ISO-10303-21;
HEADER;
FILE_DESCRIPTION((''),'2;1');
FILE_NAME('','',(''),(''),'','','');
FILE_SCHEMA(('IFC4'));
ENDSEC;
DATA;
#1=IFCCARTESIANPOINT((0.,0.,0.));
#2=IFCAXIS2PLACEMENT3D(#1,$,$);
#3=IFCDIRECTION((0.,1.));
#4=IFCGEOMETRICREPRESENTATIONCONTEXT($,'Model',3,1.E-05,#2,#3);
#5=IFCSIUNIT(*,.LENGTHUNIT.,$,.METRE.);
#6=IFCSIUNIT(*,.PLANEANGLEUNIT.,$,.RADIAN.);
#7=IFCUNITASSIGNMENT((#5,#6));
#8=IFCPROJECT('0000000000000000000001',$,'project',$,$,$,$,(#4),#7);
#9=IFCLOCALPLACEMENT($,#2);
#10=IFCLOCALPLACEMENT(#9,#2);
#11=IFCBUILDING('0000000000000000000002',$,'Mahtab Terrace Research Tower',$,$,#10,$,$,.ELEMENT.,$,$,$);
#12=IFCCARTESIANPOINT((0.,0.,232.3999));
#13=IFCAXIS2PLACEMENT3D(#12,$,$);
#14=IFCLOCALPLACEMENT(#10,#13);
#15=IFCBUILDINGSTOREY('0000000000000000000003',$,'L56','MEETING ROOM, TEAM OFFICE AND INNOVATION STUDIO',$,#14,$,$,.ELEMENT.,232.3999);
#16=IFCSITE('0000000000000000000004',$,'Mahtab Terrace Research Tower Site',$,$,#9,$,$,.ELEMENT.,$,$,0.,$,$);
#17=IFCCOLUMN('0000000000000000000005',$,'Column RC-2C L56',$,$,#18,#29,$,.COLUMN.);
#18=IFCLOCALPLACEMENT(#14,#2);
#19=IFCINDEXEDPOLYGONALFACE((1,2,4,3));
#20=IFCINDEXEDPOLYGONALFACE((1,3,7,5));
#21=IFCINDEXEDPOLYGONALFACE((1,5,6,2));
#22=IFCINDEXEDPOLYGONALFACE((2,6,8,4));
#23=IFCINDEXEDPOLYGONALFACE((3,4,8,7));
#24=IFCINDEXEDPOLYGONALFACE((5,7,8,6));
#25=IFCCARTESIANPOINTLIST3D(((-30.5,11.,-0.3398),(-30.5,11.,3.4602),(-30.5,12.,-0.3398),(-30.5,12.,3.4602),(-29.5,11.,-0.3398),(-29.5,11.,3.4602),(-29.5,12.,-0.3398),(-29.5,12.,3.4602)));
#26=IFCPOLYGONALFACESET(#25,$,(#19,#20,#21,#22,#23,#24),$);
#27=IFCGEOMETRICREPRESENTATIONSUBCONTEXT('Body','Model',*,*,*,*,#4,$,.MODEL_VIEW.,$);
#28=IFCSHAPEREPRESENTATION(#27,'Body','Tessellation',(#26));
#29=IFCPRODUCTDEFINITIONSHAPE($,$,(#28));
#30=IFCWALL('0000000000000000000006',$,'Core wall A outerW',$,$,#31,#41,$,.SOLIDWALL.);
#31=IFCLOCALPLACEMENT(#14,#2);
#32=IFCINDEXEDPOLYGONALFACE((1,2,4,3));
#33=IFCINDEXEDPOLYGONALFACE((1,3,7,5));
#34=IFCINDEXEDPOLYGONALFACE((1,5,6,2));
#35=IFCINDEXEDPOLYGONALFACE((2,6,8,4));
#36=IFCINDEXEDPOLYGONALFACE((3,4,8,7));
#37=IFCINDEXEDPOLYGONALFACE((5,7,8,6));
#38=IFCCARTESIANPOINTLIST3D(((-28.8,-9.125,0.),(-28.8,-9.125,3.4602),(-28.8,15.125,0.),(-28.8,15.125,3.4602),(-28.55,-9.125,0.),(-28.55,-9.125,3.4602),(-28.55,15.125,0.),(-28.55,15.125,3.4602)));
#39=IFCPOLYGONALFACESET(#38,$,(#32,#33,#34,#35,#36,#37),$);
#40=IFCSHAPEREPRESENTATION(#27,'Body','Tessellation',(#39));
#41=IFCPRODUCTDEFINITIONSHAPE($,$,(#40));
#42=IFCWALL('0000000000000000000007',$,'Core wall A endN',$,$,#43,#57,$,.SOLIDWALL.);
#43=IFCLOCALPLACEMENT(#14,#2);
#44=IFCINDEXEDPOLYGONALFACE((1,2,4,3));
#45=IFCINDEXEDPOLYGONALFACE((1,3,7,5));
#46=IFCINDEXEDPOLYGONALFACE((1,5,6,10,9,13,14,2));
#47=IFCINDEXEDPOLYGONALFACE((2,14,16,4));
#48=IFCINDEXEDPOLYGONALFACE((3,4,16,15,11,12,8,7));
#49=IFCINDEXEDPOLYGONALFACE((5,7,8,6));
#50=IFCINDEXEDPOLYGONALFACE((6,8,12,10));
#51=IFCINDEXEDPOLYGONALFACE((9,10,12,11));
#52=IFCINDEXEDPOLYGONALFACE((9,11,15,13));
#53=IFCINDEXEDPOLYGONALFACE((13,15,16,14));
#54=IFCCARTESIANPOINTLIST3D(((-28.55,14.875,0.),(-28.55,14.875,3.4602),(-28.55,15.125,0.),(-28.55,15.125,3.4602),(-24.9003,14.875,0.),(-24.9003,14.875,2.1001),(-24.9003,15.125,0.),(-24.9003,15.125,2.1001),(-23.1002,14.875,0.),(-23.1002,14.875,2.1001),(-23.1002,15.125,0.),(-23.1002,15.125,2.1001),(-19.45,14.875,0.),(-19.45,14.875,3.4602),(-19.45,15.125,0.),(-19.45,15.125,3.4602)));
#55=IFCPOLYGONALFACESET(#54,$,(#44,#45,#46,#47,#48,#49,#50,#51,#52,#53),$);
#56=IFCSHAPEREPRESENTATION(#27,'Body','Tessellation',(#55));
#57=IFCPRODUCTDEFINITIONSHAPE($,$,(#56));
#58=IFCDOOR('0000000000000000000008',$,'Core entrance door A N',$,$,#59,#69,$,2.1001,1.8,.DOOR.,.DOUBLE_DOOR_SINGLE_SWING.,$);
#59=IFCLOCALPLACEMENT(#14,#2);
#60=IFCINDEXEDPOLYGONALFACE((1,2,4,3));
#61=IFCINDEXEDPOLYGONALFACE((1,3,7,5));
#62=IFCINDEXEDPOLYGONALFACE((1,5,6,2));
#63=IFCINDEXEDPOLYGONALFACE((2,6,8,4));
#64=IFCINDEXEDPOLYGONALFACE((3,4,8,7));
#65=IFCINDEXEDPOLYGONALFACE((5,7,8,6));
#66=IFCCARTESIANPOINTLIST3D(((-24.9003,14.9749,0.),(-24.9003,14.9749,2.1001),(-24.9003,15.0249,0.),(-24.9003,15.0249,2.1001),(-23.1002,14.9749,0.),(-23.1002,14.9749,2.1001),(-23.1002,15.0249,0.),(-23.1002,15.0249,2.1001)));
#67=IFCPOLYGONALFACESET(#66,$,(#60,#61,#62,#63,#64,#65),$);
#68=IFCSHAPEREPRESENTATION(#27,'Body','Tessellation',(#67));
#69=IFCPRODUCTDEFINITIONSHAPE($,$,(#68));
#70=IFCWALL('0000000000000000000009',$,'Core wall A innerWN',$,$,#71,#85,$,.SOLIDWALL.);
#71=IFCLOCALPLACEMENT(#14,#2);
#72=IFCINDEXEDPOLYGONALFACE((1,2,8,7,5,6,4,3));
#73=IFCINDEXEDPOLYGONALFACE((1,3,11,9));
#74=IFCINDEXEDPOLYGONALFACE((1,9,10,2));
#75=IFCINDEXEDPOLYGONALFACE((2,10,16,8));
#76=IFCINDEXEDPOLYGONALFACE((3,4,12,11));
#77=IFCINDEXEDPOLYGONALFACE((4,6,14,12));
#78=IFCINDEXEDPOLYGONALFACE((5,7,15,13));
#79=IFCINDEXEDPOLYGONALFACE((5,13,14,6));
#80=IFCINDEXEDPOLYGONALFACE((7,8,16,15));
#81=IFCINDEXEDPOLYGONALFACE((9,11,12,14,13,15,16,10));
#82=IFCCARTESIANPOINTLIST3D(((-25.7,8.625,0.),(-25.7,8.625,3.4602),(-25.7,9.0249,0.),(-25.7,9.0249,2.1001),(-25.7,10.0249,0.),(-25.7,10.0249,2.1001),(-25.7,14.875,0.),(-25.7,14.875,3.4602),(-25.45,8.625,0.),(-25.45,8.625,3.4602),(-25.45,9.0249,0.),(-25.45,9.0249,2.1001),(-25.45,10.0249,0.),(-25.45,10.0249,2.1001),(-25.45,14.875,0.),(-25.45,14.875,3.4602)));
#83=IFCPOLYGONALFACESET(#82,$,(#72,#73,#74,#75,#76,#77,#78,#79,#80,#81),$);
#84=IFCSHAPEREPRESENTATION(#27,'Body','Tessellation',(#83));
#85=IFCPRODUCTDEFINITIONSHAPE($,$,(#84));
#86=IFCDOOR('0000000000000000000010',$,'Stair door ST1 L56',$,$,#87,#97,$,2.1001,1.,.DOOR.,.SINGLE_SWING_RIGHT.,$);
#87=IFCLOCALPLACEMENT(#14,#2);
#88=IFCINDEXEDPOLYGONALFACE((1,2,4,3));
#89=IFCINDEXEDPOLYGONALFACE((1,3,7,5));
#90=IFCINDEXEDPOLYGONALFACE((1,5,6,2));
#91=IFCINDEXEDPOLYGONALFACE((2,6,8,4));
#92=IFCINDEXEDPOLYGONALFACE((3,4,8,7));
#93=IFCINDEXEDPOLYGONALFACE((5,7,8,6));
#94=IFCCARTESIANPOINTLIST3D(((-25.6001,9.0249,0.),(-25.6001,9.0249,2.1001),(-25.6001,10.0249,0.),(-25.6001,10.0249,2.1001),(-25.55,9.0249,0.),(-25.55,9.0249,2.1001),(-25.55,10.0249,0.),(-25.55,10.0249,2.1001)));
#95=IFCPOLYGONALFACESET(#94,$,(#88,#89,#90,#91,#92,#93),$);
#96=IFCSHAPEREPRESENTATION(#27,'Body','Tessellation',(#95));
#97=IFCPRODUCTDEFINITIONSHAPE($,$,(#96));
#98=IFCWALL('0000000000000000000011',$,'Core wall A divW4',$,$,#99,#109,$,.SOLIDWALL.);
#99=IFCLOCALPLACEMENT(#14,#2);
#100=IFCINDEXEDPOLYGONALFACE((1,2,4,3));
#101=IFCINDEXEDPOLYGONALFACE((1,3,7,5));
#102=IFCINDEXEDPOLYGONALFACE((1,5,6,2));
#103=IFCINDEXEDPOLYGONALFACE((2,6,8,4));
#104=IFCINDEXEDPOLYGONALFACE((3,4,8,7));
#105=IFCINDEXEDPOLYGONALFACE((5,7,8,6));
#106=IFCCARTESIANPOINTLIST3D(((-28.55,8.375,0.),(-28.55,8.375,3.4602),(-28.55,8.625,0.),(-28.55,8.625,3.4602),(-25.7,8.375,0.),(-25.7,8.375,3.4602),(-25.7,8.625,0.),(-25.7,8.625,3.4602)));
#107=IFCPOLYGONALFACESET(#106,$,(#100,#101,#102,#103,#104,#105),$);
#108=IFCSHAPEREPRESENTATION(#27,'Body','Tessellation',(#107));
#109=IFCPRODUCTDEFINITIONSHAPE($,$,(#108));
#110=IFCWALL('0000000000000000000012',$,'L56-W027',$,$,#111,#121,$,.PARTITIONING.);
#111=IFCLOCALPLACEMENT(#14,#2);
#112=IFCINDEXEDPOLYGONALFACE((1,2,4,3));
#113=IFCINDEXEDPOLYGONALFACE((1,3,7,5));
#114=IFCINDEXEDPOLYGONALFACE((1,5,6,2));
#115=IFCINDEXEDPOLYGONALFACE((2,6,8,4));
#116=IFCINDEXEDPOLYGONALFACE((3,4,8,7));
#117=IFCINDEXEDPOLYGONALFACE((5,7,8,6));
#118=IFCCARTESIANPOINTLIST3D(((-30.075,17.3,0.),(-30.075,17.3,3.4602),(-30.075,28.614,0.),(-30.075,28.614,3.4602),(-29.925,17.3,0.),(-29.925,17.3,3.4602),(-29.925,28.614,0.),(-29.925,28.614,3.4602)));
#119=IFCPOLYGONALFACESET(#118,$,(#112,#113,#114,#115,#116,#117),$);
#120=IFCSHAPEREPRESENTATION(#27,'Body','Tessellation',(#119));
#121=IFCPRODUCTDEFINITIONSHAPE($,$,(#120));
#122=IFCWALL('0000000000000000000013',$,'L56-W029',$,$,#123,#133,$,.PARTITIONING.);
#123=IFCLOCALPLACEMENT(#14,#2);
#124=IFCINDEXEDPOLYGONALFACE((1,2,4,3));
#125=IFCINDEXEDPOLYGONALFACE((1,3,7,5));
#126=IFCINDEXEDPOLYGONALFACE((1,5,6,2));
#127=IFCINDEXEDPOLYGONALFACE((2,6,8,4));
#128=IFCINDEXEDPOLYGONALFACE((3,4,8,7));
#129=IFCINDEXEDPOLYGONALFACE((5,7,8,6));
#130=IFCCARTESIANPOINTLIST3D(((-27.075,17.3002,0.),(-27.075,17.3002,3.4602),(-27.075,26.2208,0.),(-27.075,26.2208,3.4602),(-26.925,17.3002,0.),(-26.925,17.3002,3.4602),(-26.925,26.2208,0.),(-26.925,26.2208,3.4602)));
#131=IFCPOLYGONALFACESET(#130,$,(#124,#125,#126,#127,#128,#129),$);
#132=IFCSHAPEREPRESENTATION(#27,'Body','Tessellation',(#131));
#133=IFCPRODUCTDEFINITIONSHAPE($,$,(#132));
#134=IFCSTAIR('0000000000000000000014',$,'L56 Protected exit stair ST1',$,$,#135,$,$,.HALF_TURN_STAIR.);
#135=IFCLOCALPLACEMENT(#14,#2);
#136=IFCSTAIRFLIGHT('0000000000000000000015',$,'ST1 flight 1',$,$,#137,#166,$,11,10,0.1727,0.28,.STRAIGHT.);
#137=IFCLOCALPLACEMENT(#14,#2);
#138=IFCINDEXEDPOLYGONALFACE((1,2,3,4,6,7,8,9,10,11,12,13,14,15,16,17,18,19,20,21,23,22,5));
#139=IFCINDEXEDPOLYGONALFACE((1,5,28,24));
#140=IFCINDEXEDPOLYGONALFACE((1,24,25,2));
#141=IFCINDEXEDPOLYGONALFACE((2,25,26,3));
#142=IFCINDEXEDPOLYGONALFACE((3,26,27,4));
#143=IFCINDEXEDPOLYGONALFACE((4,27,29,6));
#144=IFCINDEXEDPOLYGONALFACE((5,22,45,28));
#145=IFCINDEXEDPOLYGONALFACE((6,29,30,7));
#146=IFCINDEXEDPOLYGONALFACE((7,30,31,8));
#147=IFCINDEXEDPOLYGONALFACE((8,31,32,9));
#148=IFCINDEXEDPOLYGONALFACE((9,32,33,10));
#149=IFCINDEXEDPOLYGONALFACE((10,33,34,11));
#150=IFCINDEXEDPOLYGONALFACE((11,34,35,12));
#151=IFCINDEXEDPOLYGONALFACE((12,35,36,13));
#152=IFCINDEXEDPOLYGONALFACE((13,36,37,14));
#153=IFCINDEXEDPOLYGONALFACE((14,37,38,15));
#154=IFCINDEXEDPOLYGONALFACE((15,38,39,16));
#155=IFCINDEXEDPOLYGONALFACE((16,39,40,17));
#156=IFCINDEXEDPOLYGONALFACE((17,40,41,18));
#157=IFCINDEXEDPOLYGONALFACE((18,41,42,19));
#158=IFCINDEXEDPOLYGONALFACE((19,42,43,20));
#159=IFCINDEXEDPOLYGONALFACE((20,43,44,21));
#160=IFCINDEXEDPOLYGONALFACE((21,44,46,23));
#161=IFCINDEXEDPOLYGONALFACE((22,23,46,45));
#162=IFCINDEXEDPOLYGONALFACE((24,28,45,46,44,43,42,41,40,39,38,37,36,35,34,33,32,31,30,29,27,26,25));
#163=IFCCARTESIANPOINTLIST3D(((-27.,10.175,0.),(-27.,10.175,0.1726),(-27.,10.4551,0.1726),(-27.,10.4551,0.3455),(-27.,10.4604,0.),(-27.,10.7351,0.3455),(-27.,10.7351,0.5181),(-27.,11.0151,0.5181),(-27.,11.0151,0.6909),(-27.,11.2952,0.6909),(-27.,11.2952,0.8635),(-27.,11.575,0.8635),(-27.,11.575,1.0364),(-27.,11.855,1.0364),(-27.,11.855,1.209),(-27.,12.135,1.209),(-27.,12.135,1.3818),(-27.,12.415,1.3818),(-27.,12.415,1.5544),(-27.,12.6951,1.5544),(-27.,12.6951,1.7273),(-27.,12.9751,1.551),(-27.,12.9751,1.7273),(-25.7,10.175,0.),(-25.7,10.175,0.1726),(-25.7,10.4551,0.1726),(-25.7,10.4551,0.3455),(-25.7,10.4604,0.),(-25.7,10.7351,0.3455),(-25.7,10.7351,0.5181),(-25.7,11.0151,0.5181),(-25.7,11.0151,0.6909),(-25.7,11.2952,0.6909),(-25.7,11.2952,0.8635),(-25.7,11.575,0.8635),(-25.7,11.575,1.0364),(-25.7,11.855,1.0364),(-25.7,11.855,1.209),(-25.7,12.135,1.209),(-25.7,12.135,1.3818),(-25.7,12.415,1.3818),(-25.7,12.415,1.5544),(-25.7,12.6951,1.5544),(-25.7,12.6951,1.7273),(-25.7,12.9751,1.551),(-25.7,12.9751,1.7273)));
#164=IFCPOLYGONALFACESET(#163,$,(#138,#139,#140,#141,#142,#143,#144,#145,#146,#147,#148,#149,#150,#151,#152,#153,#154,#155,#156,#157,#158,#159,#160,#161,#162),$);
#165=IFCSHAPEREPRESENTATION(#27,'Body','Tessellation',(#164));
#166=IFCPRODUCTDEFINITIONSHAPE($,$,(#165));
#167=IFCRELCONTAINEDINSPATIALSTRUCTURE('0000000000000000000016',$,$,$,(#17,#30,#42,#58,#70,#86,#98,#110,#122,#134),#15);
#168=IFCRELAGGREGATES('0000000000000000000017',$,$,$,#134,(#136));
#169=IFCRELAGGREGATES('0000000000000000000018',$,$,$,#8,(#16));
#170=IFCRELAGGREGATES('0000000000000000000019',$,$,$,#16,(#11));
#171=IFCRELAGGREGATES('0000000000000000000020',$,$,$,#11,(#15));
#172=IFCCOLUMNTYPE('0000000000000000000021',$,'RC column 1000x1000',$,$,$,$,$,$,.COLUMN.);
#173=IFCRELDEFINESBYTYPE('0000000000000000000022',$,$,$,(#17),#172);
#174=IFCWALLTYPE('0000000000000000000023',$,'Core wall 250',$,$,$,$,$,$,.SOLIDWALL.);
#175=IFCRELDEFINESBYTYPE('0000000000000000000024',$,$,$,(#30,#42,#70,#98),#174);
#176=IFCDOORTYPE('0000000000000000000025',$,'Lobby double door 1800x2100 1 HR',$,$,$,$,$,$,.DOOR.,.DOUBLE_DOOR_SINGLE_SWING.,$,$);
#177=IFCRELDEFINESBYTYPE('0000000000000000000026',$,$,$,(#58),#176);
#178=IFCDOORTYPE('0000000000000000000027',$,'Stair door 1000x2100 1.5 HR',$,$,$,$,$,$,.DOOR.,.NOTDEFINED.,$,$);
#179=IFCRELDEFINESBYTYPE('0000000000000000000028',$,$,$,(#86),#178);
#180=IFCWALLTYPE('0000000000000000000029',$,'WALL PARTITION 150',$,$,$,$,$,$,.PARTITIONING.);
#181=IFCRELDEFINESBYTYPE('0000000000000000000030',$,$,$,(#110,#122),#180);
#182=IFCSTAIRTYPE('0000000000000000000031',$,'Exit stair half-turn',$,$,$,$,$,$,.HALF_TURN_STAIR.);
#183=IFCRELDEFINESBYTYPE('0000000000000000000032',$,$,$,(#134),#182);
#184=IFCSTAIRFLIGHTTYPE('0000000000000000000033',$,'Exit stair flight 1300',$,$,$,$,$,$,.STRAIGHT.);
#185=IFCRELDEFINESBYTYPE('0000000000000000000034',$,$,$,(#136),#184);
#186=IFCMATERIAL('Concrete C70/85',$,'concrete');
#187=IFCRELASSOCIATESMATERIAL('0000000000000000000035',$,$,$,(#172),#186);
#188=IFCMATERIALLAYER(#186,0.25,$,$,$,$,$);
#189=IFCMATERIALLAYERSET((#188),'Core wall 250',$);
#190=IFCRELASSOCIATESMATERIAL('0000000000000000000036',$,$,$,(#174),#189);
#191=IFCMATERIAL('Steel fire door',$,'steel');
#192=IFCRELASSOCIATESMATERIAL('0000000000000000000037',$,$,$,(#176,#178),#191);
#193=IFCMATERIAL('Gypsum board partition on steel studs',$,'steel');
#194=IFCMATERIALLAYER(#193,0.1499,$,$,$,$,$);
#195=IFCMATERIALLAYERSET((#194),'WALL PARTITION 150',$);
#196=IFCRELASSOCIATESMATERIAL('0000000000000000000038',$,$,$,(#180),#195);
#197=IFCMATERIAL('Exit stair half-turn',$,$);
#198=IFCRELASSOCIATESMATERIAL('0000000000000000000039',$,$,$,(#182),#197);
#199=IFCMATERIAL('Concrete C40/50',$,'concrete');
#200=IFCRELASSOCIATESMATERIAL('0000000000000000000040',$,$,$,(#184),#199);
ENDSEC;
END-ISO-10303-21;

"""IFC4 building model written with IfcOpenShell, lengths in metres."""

from ifc_helpers import new_model, si_unit, direction, frame, frame_2d, origin, origin_2d, place, context, subcontext, project, spatial, polyline, rectangle, outline, extrude, material, layer, layer_set, material_profile, profile_set, type_object, element, fill, aggregate, save


model = new_model("IFC4")

# Units and contexts
model_context = context("Model", 3, precision=1e-05, world=origin(), true_north=direction((0.0, 1.0)))
body_context = subcontext(model_context, "Body", "Model", "MODEL_VIEW")
ifc_project = project(units=[si_unit("LENGTHUNIT", "METRE"), si_unit("PLANEANGLEUNIT", "RADIAN")], contexts=[model_context])

# Site, building, storey
site_placement = place(None, origin())
site = spatial("IfcSite", under=ifc_project, at=site_placement, Name="Mahtab Terrace Research Tower Site", CompositionType="ELEMENT", RefElevation=0.0)
building_placement = place(site_placement, origin())
building = spatial("IfcBuilding", under=site, at=building_placement, Name="Mahtab Terrace Research Tower", CompositionType="ELEMENT")
storey_placement = place(building_placement, frame((0.0, 0.0, 232.3999)))
storey = spatial("IfcBuildingStorey", under=building, at=storey_placement, Name="L56", Description="MEETING ROOM, TEAM OFFICE AND INNOVATION STUDIO", CompositionType="ELEMENT", Elevation=232.3999)

# Column
ifc_material_1 = material(Name="Concrete C70/85", Category="concrete")
ifc_material_profile = material_profile(ifc_material_1, rectangle(XDim=1.0, YDim=1.0, at=origin_2d()), Name="RC column 1000x1000")
ifc_profile_set = profile_set([ifc_material_profile], Name="Concrete C70/85")
column_type = type_object("IfcColumnType", Name="RC column 1000x1000", PredefinedType="COLUMN", material=ifc_profile_set)
column_placement = place(storey_placement, frame((-30.0, 11.5, -0.3398), z_axis=(0.0, 0.0, 1.0), x_axis=(1.0, 0.0, 0.0)))
element("IfcColumn", 1, at=column_placement, inside=storey, type_object=column_type, Name="Column RC-2C L56", PredefinedType="COLUMN", context=body_context, shape_type="SweptSolid", body=[
    extrude(rectangle(XDim=1.0, YDim=1.0, at=origin_2d()), origin(), (0.0, 0.0, 1.0), 3.8),
])

# Wall
ifc_layer_1 = layer(ifc_material_1, 0.25)
ifc_layer_set_1 = layer_set([ifc_layer_1], Name="Core wall 250")
wall_type_1 = type_object("IfcWallType", Name="Core wall 250", PredefinedType="SOLIDWALL", material=ifc_layer_set_1)
wall_1_placement = place(storey_placement, frame((-28.675, 15.125, 0.0), z_axis=(0.0, 0.0, 1.0), x_axis=(0.0, -1.0, 0.0)))
element("IfcWall", 2, at=wall_1_placement, inside=storey, type_object=wall_type_1, Name="Core wall A outerW", PredefinedType="SOLIDWALL", context=body_context, shape_type="SweptSolid", body=[
    extrude(rectangle(XDim=24.25, YDim=0.25, at=frame_2d((12.125, 0.0))), origin(), (0.0, 0.0, 1.0), 3.4602),
])

# Walls, openings, doors
wall_2_placement = place(storey_placement, frame((-28.55, 15.0, 0.0), z_axis=(0.0, 0.0, 1.0), x_axis=(1.0, 0.0, 0.0)))
wall_2 = element("IfcWall", 3, at=wall_2_placement, inside=storey, type_object=wall_type_1, Name="Core wall A endN", PredefinedType="SOLIDWALL", context=body_context, shape_type="SweptSolid", body=[
    extrude(rectangle(XDim=9.1001, YDim=0.25, at=frame_2d((4.55, 0.0))), origin(), (0.0, 0.0, 1.0), 3.4602),
])
opening_1_placement = place(wall_2_placement, frame((3.6499, 0.0, 0.0)))
opening_1 = element("IfcOpeningElement", 4, at=opening_1_placement, cuts=wall_2, PredefinedType="OPENING", context=body_context, shape_type="SweptSolid", body=[
    extrude(rectangle(XDim=1.8, YDim=2.1001, at=frame_2d((0.8999, 1.05))), frame((0.0, 0.135, 0.0), z_axis=(0.0, -1.0, 0.0), x_axis=(1.0, 0.0, 0.0)), (0.0, 0.0, 1.0), 0.27),
])
ifc_material_2 = material(Name="Steel fire door", Category="steel")
door_type_1 = type_object("IfcDoorType", Name="Lobby double door 1800x2100 1 HR", OperationType="DOUBLE_DOOR_SINGLE_SWING", PredefinedType="DOOR", material=ifc_material_2)
door_1_placement = place(opening_1_placement, origin())
door_1 = element("IfcDoor", 5, at=door_1_placement, inside=storey, type_object=door_type_1, Name="Core entrance door A N", OperationType="DOUBLE_DOOR_SINGLE_SWING", OverallHeight=2.1001, OverallWidth=1.8, PredefinedType="DOOR", context=body_context, shape_type="SweptSolid", body=[
    extrude(rectangle(XDim=1.8, YDim=2.1001, at=frame_2d((0.8999, 1.05))), frame((0.0, 0.0249, 0.0), z_axis=(0.0, -1.0, 0.0), x_axis=(1.0, 0.0, 0.0)), (0.0, 0.0, 1.0), 0.05),
])
fill(opening_1, door_1)
wall_3_placement = place(storey_placement, frame((-25.575, 14.875, 0.0), z_axis=(0.0, 0.0, 1.0), x_axis=(0.0, -1.0, 0.0)))
wall_3 = element("IfcWall", 6, at=wall_3_placement, inside=storey, type_object=wall_type_1, Name="Core wall A innerWN", PredefinedType="SOLIDWALL", context=body_context, shape_type="SweptSolid", body=[
    extrude(rectangle(XDim=6.25, YDim=0.25, at=frame_2d((3.125, 0.0))), origin(), (0.0, 0.0, 1.0), 3.4602),
])
opening_2_placement = place(wall_3_placement, frame((4.8501, 0.0, 0.0)))
opening_2 = element("IfcOpeningElement", 7, at=opening_2_placement, cuts=wall_3, PredefinedType="OPENING", context=body_context, shape_type="SweptSolid", body=[
    extrude(rectangle(XDim=1.0, YDim=2.1001, at=frame_2d((0.5, 1.05))), frame((0.0, 0.135, 0.0), z_axis=(0.0, -1.0, 0.0), x_axis=(1.0, 0.0, 0.0)), (0.0, 0.0, 1.0), 0.27),
])
door_type_2 = type_object("IfcDoorType", Name="Stair door 1000x2100 1.5 HR", OperationType="NOTDEFINED", PredefinedType="DOOR", material=ifc_material_2)
door_2_placement = place(opening_2_placement, origin())
door_2 = element("IfcDoor", 8, at=door_2_placement, inside=storey, type_object=door_type_2, Name="Stair door ST1 L56", OperationType="SINGLE_SWING_RIGHT", OverallHeight=2.1001, OverallWidth=1.0, PredefinedType="DOOR", context=body_context, shape_type="SweptSolid", body=[
    extrude(rectangle(XDim=1.0, YDim=2.1001, at=frame_2d((0.5, 1.05))), frame((0.0, 0.0249, 0.0), z_axis=(0.0, -1.0, 0.0), x_axis=(1.0, 0.0, 0.0)), (0.0, 0.0, 1.0), 0.05),
])
fill(opening_2, door_2)

# Walls
wall_4_placement = place(storey_placement, frame((-28.55, 8.5, 0.0), z_axis=(0.0, 0.0, 1.0), x_axis=(1.0, 0.0, 0.0)))
element("IfcWall", 9, at=wall_4_placement, inside=storey, type_object=wall_type_1, Name="Core wall A divW4", PredefinedType="SOLIDWALL", context=body_context, shape_type="SweptSolid", body=[
    extrude(rectangle(XDim=2.8501, YDim=0.25, at=frame_2d((1.425, 0.0))), origin(), (0.0, 0.0, 1.0), 3.4602),
])
ifc_material_3 = material(Name="Gypsum board partition on steel studs", Category="steel")
ifc_layer_2 = layer(ifc_material_3, 0.1499)
ifc_layer_set_2 = layer_set([ifc_layer_2], Name="WALL PARTITION 150")
wall_type_2 = type_object("IfcWallType", Name="WALL PARTITION 150", PredefinedType="PARTITIONING", material=ifc_layer_set_2)
wall_5_placement = place(storey_placement, frame((-30.0, 17.3, 0.0), z_axis=(0.0, 0.0, 1.0), x_axis=(0.0, 1.0, 0.0)))
element("IfcWall", 10, at=wall_5_placement, inside=storey, type_object=wall_type_2, Name="L56-W027", PredefinedType="PARTITIONING", context=body_context, shape_type="SweptSolid", body=[
    extrude(rectangle(XDim=11.314, YDim=0.1499, at=frame_2d((5.657, 0.0))), origin(), (0.0, 0.0, 1.0), 3.4602),
])
wall_6_placement = place(storey_placement, frame((-27.0, 17.3, 0.0), z_axis=(0.0, 0.0, 1.0), x_axis=(0.0, 1.0, 0.0)))
element("IfcWall", 11, at=wall_6_placement, inside=storey, type_object=wall_type_2, Name="L56-W029", PredefinedType="PARTITIONING", context=body_context, shape_type="SweptSolid", body=[
    extrude(rectangle(XDim=8.9207, YDim=0.1499, at=frame_2d((4.4604, 0.0))), origin(), (0.0, 0.0, 1.0), 3.4602),
])

# Stair, stair flight
ifc_material_4 = material(Name="Exit stair half-turn")
stair_type = type_object("IfcStairType", Name="Exit stair half-turn", PredefinedType="HALF_TURN_STAIR", material=ifc_material_4)
stair_placement = place(storey_placement, origin())
stair = element("IfcStair", 12, at=stair_placement, inside=storey, type_object=stair_type, Name="L56 Protected exit stair ST1", PredefinedType="HALF_TURN_STAIR")
ifc_material_5 = material(Name="Concrete C40/50", Category="concrete")
stair_flight_type = type_object("IfcStairFlightType", Name="Exit stair flight 1300", PredefinedType="STRAIGHT", material=ifc_material_5)
stair_flight_1_placement = place(storey_placement, frame((-26.3501, 10.175, 0.0), z_axis=(0.0, 0.0, 1.0), x_axis=(0.0, 1.0, 0.0)))
stair_flight_1 = element("IfcStairFlight", 13, at=stair_flight_1_placement, type_object=stair_flight_type, Name="ST1 flight 1", NumberOfRisers=11, NumberOfTreads=10, PredefinedType="STRAIGHT", RiserHeight=0.1727, TreadLength=0.28, context=body_context, shape_type="SweptSolid", body=[
    extrude(outline(polyline([(0.0, 0.0), (0.0, 0.1726), (0.28, 0.1726), (0.28, 0.3455), (0.5601, 0.3455), (0.5601, 0.5181), (0.8401, 0.5181), (0.8401, 0.6909), (1.1201, 0.6909), (1.1201, 0.8635), (1.3999, 0.8635), (1.3999, 1.0364), (1.6799, 1.0364), (1.6799, 1.209), (1.96, 1.209), (1.96, 1.3818), (2.24, 1.3818), (2.24, 1.5544), (2.52, 1.5544), (2.52, 1.7273), (2.8, 1.7273), (2.8, 1.8999), (2.8, 1.551), (0.2854, 0.0), (0.0, 0.0)])), frame((0.0, 0.6499, 0.0), z_axis=(0.0, -1.0, 0.0), x_axis=(1.0, 0.0, 0.0)), (0.0, 0.0, 1.0), 1.3),
])
aggregate(stair, [stair_flight_1])

save(model, "model.ifc")
